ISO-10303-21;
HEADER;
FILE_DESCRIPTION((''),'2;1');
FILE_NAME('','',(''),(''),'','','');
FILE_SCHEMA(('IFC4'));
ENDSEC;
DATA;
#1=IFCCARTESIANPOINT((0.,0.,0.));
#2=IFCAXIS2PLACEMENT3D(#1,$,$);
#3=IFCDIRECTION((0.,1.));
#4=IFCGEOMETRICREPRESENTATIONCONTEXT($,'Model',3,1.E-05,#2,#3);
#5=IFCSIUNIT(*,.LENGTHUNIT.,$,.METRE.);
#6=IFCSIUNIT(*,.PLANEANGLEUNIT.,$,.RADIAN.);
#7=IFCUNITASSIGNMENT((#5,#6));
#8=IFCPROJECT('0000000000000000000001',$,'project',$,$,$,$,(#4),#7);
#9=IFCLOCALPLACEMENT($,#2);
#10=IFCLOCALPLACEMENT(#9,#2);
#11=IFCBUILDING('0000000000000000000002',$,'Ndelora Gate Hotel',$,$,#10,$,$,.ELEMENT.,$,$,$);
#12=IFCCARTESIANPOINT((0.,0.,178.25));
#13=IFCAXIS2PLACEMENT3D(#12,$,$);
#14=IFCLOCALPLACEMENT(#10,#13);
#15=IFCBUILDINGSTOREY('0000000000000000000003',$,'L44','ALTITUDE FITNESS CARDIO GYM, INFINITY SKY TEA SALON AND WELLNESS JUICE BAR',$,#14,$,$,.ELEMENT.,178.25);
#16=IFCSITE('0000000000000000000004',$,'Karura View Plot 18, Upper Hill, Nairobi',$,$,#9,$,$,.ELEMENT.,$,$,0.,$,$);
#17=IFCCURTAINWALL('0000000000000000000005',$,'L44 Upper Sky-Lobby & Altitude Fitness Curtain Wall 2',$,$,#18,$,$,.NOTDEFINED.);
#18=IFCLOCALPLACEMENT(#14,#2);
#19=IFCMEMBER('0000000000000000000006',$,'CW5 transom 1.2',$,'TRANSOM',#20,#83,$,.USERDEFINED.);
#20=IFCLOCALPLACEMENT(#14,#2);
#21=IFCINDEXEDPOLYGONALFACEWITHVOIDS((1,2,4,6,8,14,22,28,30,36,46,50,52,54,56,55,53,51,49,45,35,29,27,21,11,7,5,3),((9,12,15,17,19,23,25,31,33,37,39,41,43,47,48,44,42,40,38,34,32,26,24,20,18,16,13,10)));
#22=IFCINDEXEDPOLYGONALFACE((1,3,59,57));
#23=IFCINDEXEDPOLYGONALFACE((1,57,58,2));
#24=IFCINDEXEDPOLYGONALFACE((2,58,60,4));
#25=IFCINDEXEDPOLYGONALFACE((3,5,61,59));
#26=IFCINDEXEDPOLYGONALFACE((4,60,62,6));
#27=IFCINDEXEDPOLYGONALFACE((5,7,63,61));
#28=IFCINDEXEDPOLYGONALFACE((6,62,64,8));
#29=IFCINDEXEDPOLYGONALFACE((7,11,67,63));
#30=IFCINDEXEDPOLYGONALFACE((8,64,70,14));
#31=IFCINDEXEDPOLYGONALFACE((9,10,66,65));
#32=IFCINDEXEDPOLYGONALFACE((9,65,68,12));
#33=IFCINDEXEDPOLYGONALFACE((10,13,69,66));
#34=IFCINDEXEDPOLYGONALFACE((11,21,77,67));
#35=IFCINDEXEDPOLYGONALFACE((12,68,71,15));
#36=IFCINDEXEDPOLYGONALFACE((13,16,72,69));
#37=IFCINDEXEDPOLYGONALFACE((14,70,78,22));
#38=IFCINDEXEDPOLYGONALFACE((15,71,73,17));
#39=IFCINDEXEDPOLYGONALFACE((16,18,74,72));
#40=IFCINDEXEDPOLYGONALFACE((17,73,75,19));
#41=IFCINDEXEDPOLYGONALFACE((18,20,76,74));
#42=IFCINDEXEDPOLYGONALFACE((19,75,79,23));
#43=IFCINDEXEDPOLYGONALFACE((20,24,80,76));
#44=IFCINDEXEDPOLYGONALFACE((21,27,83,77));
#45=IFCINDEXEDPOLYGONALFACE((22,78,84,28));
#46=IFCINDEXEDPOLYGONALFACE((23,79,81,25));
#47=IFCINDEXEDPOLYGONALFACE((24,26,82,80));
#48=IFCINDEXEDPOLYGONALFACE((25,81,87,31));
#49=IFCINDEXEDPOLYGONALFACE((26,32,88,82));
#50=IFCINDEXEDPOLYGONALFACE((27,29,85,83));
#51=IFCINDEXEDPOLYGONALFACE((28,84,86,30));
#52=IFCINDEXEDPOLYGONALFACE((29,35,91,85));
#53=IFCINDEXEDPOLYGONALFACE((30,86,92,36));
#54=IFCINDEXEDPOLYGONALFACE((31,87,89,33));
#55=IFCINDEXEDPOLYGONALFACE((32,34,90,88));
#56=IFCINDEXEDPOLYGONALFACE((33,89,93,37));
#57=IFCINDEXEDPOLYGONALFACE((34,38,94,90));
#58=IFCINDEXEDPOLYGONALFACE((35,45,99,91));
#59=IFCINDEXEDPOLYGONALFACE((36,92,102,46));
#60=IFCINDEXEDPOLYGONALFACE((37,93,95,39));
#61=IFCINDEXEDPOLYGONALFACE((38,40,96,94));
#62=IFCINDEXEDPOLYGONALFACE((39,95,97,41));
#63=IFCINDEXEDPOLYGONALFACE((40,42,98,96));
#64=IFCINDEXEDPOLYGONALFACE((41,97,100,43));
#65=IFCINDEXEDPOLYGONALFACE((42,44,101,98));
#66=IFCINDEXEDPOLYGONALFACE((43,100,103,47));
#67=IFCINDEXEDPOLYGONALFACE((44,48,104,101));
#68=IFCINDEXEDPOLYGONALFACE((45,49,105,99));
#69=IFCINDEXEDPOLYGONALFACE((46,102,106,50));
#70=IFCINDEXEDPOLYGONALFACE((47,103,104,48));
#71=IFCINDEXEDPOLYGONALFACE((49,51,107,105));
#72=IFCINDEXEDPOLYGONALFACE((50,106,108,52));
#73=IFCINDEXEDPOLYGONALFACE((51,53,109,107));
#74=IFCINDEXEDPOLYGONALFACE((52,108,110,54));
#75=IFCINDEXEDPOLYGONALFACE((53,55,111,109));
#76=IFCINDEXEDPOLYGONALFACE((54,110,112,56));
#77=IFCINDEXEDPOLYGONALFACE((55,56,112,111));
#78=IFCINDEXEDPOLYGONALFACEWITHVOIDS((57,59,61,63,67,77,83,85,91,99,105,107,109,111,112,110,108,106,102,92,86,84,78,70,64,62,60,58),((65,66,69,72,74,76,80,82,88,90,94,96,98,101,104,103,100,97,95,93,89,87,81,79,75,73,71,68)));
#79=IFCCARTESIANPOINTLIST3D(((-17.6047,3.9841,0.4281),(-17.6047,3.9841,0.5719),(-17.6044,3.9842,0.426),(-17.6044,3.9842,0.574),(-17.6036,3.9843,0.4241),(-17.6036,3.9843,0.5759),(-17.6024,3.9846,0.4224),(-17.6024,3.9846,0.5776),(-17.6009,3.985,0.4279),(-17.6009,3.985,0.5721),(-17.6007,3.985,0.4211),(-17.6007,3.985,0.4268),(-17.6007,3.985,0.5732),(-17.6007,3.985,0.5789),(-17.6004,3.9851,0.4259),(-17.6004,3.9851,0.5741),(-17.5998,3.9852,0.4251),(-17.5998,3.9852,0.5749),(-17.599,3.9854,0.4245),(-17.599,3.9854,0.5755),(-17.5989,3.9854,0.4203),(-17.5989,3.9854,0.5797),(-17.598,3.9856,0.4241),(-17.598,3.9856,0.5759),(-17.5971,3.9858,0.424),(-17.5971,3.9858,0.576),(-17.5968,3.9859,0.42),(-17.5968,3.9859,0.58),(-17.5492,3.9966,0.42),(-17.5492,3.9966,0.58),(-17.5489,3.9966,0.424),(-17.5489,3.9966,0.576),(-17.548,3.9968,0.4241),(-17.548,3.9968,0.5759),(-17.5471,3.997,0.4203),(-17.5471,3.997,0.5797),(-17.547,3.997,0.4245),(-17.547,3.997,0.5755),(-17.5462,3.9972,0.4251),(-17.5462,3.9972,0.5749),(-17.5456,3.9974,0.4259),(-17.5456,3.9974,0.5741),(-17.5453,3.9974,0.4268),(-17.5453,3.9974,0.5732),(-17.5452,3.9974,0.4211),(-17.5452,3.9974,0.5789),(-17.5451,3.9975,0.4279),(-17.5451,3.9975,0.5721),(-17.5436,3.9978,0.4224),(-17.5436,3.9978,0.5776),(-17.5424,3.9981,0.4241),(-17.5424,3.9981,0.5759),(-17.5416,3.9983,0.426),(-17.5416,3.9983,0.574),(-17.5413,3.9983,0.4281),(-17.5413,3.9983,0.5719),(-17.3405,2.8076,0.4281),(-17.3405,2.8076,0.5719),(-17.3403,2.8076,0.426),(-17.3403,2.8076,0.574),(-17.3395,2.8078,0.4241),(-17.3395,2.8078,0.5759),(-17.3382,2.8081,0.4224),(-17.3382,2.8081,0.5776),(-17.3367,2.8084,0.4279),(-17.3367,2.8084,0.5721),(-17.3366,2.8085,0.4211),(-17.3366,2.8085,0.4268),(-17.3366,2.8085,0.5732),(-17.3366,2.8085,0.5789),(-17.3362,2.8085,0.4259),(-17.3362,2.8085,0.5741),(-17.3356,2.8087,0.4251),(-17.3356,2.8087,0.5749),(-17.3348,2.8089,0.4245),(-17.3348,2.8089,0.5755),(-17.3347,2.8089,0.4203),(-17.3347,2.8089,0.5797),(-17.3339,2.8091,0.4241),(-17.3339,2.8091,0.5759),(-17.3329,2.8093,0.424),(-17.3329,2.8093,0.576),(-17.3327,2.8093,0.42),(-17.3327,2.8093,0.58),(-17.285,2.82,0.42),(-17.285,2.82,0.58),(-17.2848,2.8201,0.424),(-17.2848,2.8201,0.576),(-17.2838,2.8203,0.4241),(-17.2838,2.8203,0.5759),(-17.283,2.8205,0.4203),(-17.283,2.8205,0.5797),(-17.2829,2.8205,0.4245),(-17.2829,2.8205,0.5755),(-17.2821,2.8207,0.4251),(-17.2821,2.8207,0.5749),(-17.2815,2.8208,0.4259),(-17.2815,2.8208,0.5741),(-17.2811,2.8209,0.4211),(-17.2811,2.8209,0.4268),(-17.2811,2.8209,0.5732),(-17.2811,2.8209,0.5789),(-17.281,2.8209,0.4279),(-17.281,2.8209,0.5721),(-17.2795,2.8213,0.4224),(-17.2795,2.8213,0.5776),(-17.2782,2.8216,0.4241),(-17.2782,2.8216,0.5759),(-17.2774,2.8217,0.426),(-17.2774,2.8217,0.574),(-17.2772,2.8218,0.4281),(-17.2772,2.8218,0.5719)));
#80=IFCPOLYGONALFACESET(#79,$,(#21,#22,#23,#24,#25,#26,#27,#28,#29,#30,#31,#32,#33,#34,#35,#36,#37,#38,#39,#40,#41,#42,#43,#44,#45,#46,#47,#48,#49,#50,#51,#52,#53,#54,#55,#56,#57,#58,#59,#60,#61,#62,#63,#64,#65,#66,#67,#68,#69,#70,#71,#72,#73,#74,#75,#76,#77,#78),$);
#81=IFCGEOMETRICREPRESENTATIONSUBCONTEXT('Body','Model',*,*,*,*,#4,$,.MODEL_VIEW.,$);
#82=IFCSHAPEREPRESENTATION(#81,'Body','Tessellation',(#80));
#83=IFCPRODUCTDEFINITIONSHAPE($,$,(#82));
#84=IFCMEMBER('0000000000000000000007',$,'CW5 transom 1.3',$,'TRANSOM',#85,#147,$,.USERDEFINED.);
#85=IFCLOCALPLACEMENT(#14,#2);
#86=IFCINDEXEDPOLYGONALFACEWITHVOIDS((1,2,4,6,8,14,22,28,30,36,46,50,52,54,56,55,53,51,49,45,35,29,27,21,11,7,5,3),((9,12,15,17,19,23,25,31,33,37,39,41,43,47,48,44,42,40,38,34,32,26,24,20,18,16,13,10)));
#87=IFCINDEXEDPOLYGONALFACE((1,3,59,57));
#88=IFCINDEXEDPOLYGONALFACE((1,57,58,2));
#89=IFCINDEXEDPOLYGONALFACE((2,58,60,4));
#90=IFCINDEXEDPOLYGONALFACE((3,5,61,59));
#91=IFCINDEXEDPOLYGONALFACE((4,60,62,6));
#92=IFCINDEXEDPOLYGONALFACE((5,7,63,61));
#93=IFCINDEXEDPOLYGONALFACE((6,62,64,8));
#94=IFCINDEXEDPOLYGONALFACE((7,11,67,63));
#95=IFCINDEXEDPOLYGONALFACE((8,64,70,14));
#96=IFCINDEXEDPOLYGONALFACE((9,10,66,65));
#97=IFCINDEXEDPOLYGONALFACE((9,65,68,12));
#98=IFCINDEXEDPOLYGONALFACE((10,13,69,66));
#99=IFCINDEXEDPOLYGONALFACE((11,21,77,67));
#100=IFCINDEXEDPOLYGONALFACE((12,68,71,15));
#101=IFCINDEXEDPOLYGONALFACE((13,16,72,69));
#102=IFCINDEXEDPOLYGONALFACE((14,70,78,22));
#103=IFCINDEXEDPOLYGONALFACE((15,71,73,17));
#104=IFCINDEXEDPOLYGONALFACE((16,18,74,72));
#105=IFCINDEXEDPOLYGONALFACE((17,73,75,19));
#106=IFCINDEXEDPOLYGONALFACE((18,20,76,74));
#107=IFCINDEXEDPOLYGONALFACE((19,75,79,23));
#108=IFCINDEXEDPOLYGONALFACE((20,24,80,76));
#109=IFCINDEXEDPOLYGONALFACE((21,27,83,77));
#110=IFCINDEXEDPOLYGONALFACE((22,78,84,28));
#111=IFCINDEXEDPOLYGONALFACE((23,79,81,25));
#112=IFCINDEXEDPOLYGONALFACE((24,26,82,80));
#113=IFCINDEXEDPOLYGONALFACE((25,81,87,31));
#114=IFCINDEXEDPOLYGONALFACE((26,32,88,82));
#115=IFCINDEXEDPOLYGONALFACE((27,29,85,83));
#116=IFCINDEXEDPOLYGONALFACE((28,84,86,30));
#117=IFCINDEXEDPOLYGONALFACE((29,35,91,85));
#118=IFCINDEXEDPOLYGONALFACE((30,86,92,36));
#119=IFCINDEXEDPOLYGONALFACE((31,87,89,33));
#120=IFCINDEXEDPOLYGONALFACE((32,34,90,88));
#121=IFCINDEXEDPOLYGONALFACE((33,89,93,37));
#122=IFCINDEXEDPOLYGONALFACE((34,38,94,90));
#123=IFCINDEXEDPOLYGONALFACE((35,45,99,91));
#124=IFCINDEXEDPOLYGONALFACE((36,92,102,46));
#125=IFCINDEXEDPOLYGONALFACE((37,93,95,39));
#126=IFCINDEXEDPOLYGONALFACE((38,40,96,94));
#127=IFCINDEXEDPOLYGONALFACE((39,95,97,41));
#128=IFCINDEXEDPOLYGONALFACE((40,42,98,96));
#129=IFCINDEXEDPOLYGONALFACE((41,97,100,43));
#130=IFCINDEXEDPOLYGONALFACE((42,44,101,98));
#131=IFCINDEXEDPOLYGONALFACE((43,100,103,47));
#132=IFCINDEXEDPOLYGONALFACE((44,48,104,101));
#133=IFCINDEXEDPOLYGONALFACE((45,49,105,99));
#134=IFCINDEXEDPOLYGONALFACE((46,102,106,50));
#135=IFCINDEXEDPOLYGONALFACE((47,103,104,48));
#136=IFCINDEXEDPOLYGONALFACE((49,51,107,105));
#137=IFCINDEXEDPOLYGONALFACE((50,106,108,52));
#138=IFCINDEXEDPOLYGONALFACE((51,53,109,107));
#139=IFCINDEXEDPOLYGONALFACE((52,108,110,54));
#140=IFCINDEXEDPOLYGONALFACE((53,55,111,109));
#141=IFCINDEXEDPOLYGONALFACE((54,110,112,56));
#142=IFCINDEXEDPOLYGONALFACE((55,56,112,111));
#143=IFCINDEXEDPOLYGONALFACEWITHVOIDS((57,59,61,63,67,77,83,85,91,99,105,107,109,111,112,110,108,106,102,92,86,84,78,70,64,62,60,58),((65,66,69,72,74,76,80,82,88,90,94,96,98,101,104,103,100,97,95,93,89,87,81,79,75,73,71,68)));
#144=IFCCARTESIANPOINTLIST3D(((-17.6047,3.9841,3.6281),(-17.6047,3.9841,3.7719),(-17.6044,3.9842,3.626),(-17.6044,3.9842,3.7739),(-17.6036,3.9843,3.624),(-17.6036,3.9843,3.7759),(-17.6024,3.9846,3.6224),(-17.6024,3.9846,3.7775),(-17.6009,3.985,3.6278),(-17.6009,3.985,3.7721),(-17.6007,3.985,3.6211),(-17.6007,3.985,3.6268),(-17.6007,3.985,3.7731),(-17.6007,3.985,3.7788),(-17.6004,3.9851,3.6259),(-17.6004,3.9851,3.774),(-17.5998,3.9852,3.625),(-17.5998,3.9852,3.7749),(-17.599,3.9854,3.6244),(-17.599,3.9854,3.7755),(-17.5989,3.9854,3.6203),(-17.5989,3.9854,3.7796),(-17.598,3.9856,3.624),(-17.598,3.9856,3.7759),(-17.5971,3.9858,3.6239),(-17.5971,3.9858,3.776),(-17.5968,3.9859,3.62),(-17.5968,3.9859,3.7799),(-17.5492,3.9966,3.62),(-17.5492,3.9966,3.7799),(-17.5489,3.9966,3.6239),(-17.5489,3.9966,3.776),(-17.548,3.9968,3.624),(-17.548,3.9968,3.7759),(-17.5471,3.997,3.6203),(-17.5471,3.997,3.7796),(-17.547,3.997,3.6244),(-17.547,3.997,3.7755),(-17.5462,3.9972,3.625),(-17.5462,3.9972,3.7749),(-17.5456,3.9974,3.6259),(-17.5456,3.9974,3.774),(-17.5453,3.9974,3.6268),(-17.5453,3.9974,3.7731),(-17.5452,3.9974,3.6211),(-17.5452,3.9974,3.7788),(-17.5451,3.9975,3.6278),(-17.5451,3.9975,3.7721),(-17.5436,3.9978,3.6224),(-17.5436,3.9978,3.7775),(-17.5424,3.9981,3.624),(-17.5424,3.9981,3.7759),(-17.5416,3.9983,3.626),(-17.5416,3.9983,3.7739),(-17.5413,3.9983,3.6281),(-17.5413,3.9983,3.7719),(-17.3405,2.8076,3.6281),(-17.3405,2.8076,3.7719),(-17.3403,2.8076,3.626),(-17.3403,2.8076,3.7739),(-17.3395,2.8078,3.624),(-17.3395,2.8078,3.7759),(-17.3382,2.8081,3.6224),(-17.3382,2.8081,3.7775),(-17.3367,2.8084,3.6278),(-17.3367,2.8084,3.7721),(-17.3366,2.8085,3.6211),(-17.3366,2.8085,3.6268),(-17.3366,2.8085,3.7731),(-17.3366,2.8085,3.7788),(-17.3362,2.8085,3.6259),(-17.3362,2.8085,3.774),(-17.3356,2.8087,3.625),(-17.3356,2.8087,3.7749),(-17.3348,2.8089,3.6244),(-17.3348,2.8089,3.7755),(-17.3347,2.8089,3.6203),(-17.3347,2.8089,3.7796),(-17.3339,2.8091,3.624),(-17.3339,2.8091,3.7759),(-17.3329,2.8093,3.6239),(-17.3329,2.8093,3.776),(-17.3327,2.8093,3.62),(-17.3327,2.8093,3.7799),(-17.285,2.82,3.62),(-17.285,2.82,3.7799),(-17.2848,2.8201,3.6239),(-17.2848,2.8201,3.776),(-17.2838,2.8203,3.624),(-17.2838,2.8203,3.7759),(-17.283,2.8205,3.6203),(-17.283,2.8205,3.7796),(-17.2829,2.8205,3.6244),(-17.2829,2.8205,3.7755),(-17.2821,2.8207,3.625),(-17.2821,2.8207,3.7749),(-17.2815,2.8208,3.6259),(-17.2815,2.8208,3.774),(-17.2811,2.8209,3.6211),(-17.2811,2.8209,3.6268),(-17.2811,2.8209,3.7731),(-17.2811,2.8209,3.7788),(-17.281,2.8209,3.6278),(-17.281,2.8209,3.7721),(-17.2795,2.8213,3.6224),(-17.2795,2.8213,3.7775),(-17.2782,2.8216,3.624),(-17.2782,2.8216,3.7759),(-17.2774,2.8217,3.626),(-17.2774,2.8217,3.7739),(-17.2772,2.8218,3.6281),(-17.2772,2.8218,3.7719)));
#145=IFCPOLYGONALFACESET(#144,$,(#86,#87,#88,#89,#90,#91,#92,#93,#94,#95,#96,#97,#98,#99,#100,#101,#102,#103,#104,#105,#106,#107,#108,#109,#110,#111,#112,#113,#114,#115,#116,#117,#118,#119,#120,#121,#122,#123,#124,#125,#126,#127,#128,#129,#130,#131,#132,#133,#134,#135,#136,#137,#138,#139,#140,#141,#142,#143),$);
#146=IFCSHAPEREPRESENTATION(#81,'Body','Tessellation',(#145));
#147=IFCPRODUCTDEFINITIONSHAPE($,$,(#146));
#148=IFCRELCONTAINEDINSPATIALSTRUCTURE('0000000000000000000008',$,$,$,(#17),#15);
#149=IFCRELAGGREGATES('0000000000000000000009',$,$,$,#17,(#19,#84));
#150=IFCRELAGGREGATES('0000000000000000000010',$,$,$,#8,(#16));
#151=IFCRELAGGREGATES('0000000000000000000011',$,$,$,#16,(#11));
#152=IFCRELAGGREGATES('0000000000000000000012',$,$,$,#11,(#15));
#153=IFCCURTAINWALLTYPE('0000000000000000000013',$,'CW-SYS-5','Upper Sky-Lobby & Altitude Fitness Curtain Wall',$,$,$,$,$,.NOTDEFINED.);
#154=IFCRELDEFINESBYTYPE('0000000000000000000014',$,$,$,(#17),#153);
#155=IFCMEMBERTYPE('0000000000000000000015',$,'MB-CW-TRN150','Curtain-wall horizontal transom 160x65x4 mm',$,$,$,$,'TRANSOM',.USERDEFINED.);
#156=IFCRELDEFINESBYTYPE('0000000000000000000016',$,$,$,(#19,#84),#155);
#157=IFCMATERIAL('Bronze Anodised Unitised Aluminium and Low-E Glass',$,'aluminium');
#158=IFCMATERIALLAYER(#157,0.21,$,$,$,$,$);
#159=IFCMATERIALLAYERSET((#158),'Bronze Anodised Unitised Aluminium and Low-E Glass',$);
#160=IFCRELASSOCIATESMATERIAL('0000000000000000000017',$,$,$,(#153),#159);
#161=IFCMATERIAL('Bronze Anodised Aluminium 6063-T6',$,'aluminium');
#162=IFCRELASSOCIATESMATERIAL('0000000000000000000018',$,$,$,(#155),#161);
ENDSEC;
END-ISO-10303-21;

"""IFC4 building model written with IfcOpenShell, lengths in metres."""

from ifc_helpers import new_model, si_unit, direction, frame, origin, origin_2d, place, context, subcontext, project, spatial, hollow_rectangle, extrude, material, layer, layer_set, material_profile, profile_set, type_object, element, aggregate, save


model = new_model("IFC4")

# Units and contexts
model_context = context("Model", 3, precision=1e-05, world=origin(), true_north=direction((0.0, 1.0)))
body_context = subcontext(model_context, "Body", "Model", "MODEL_VIEW")
ifc_project = project(units=[si_unit("LENGTHUNIT", "METRE"), si_unit("PLANEANGLEUNIT", "RADIAN")], contexts=[model_context])

# Site, building, storey
site_placement = place(None, origin())
site = spatial("IfcSite", under=ifc_project, at=site_placement, Name="Karura View Plot 18, Upper Hill, Nairobi", CompositionType="ELEMENT", RefElevation=0.0)
building_placement = place(site_placement, origin())
building = spatial("IfcBuilding", under=site, at=building_placement, Name="Ndelora Gate Hotel", CompositionType="ELEMENT")
storey_placement = place(building_placement, frame((0.0, 0.0, 178.25)))
storey = spatial("IfcBuildingStorey", under=building, at=storey_placement, Name="L44", Description="ALTITUDE FITNESS CARDIO GYM, INFINITY SKY TEA SALON AND WELLNESS JUICE BAR", CompositionType="ELEMENT", Elevation=178.25)

# Curtain wall
ifc_material_1 = material(Name="Bronze Anodised Unitised Aluminium and Low-E Glass", Category="aluminium")
ifc_layer_1 = layer(ifc_material_1, 0.21)
ifc_layer_set_1 = layer_set([ifc_layer_1], Name="Bronze Anodised Unitised Aluminium and Low-E Glass")
curtain_wall_type = type_object("IfcCurtainWallType", Name="CW-SYS-5", Description="Upper Sky-Lobby & Altitude Fitness Curtain Wall", PredefinedType="NOTDEFINED", material=ifc_layer_set_1)
ifc_material_2 = material(Name="Bronze Anodised Aluminium 6063-T6", Category="aluminium")
curtain_wall_1_placement = place(storey_placement, origin())
curtain_wall_1 = element("IfcCurtainWall", 1, at=curtain_wall_1_placement, inside=storey, type_object=curtain_wall_type, Name="L44 Upper Sky-Lobby & Altitude Fitness Curtain Wall 2", PredefinedType="NOTDEFINED")

# Members
ifc_material_profile_1 = material_profile(ifc_material_2, hollow_rectangle(XDim=0.0649, YDim=0.1599, WallThickness=0.0039, InnerFilletRadius=0.0039, OuterFilletRadius=0.0081, at=origin_2d()), Name="ALU 160x65x4")
ifc_profile_set_1 = profile_set([ifc_material_profile_1], Name="Bronze Anodised Aluminium 6063-T6")
member_type_1 = type_object("IfcMemberType", Name="MB-CW-TRN150", Description="Curtain-wall horizontal transom 160x65x4 mm", ElementType="TRANSOM", PredefinedType="USERDEFINED", material=ifc_profile_set_1)
member_1_placement = place(storey_placement, frame((-17.573, 3.9912, 0.5), z_axis=(0.219074, -0.975708, 0.0), x_axis=(0.975708, 0.219074, 0.0)))
member_1 = element("IfcMember", 2, at=member_1_placement, type_object=member_type_1, Name="CW5 transom 1.2", ObjectType="TRANSOM", PredefinedType="USERDEFINED", context=body_context, shape_type="SweptSolid", body=[
    extrude(hollow_rectangle(XDim=0.0649, YDim=0.1599, WallThickness=0.0039, InnerFilletRadius=0.0039, OuterFilletRadius=0.0081, at=origin_2d()), origin(), (0.0, 0.0, 1.0), 1.2058),
])
member_2_placement = place(storey_placement, frame((-17.573, 3.9912, 3.7), z_axis=(0.219074, -0.975708, 0.0), x_axis=(0.975708, 0.219074, 0.0)))
member_2 = element("IfcMember", 3, at=member_2_placement, type_object=member_type_1, Name="CW5 transom 1.3", ObjectType="TRANSOM", PredefinedType="USERDEFINED", context=body_context, shape_type="SweptSolid", body=[
    extrude(hollow_rectangle(XDim=0.0649, YDim=0.1599, WallThickness=0.0039, InnerFilletRadius=0.0039, OuterFilletRadius=0.0081, at=origin_2d()), origin(), (0.0, 0.0, 1.0), 1.2058),
])

aggregate(curtain_wall_1, [member_1, member_2])

save(model, "model.ifc")
